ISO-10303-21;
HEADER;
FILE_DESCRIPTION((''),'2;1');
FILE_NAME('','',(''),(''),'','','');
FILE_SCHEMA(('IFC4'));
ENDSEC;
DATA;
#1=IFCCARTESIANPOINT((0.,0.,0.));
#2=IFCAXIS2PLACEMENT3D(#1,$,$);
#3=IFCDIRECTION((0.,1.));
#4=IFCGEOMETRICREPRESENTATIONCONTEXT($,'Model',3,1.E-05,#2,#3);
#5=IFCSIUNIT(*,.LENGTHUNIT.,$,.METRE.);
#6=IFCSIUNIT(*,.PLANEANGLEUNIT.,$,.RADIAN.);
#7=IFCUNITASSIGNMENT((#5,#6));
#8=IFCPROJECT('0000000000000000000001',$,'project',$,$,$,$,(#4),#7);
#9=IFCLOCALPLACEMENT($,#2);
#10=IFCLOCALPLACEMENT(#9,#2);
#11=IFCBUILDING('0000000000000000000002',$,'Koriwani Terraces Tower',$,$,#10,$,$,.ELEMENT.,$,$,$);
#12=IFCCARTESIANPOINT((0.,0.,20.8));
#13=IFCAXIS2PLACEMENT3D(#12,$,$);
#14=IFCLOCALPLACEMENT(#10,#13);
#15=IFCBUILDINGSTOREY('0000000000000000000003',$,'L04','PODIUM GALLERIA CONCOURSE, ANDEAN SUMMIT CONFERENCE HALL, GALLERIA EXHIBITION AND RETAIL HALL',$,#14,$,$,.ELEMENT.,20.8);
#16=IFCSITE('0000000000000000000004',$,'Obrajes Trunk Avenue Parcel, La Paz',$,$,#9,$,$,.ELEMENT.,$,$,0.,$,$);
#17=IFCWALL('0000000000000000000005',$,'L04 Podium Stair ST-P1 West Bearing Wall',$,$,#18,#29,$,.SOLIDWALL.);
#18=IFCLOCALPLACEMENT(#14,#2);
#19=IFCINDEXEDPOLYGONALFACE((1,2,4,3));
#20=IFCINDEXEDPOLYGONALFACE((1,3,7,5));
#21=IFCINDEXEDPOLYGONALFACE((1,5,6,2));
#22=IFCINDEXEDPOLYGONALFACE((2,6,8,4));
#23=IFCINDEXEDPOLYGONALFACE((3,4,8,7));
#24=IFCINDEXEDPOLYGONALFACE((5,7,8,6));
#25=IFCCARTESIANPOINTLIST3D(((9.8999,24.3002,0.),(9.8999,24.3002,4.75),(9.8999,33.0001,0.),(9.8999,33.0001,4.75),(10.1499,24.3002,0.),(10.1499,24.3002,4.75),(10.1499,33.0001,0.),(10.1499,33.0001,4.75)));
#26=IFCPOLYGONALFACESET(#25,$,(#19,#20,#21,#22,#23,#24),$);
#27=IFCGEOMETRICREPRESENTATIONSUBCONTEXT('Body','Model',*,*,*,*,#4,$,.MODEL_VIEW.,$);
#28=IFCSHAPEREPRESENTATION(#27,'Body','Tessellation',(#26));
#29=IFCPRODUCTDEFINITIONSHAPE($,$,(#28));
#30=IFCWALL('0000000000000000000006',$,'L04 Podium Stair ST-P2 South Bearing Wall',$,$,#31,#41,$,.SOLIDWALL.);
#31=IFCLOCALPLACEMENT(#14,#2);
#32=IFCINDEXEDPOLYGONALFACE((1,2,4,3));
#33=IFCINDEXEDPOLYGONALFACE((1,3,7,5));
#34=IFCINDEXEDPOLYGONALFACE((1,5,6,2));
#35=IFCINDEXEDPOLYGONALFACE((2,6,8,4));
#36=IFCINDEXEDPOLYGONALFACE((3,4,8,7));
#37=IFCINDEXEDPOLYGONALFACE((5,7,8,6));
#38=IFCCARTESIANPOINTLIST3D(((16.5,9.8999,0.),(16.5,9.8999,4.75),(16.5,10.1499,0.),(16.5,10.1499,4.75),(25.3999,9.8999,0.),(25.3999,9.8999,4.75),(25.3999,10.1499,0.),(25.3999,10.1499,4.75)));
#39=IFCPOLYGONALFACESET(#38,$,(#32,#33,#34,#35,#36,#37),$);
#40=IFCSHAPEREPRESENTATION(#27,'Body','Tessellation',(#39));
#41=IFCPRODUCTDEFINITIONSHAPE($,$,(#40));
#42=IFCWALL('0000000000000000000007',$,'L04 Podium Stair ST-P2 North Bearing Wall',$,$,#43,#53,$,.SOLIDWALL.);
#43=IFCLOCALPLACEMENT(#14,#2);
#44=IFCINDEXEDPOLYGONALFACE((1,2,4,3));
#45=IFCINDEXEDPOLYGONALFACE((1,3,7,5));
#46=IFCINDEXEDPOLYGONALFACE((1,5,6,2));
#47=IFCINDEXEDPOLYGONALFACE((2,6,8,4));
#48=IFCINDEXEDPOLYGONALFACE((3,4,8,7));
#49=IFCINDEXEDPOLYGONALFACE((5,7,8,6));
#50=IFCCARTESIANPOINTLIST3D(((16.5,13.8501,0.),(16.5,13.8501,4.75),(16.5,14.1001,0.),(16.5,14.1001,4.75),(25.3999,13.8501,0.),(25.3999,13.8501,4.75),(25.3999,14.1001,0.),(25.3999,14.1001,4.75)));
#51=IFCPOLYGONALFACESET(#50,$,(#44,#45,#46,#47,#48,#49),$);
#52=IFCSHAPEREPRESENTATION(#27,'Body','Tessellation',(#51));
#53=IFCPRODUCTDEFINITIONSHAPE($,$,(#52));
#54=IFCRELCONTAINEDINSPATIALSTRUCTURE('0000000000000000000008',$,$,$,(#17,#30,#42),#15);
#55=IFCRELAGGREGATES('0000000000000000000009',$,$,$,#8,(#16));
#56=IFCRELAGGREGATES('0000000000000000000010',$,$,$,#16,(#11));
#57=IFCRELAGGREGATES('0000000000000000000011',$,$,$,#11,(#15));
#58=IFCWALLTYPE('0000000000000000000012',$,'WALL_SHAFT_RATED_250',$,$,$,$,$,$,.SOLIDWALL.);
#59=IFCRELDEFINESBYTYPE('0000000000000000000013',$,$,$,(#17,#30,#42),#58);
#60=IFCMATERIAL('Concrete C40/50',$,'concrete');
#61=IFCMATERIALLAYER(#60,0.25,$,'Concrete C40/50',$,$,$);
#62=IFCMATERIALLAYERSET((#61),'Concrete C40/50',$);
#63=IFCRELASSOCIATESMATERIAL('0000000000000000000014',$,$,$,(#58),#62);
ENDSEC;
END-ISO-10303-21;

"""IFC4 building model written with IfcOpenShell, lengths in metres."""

from ifc_helpers import new_model, si_unit, direction, frame, frame_2d, origin, place, context, subcontext, project, spatial, rectangle, extrude, material, layer, layer_set, type_object, element, save


model = new_model("IFC4")

# Units and contexts
model_context = context("Model", 3, precision=1e-05, world=origin(), true_north=direction((0.0, 1.0)))
body_context = subcontext(model_context, "Body", "Model", "MODEL_VIEW")
ifc_project = project(units=[si_unit("LENGTHUNIT", "METRE"), si_unit("PLANEANGLEUNIT", "RADIAN")], contexts=[model_context])

# Site, building, storey
site_placement = place(None, origin())
site = spatial("IfcSite", under=ifc_project, at=site_placement, Name="Obrajes Trunk Avenue Parcel, La Paz", CompositionType="ELEMENT", RefElevation=0.0)
building_placement = place(site_placement, origin())
building = spatial("IfcBuilding", under=site, at=building_placement, Name="Koriwani Terraces Tower", CompositionType="ELEMENT")
storey_placement = place(building_placement, frame((0.0, 0.0, 20.8)))
storey = spatial("IfcBuildingStorey", under=building, at=storey_placement, Name="L04", Description="PODIUM GALLERIA CONCOURSE, ANDEAN SUMMIT CONFERENCE HALL, GALLERIA EXHIBITION AND RETAIL HALL", CompositionType="ELEMENT", Elevation=20.8)

# Walls
ifc_material_1 = material(Name="Concrete C40/50", Category="concrete")
ifc_layer = layer(ifc_material_1, 0.25, Name="Concrete C40/50")
ifc_layer_set = layer_set([ifc_layer], Name="Concrete C40/50")
wall_type = type_object("IfcWallType", Name="WALL_SHAFT_RATED_250", PredefinedType="SOLIDWALL", material=ifc_layer_set)
wall_1_placement = place(storey_placement, frame((10.0249, 24.3, 0.0), z_axis=(0.0, 0.0, 1.0), x_axis=(0.0, 1.0, 0.0)))
element("IfcWall", 1, at=wall_1_placement, inside=storey, type_object=wall_type, Name="L04 Podium Stair ST-P1 West Bearing Wall", PredefinedType="SOLIDWALL", context=body_context, shape_type="SweptSolid", body=[
    extrude(rectangle(XDim=8.7, YDim=0.25, at=frame_2d((4.3501, 0.0))), origin(), (0.0, 0.0, 1.0), 4.75),
])
for number, where, z_axis, x_axis, name in (
    (2, (16.5, 10.0249, 0.0), (0.0, 0.0, 1.0), (1.0, 0.0, 0.0), "L04 Podium Stair ST-P2 South Bearing Wall"),
    (3, (16.5, 13.9751, 0.0), (0.0, 0.0, 1.0), (1.0, 0.0, 0.0), "L04 Podium Stair ST-P2 North Bearing Wall"),
):
    element("IfcWall", number, at=place(storey_placement, frame(where, z_axis=z_axis, x_axis=x_axis)), inside=storey, type_object=wall_type, Name=name, PredefinedType="SOLIDWALL", context=body_context, shape_type="SweptSolid", body=[
        extrude(rectangle(XDim=8.8999, YDim=0.25, at=frame_2d((4.45, 0.0))), origin(), (0.0, 0.0, 1.0), 4.75),
    ])

save(model, "model.ifc")
